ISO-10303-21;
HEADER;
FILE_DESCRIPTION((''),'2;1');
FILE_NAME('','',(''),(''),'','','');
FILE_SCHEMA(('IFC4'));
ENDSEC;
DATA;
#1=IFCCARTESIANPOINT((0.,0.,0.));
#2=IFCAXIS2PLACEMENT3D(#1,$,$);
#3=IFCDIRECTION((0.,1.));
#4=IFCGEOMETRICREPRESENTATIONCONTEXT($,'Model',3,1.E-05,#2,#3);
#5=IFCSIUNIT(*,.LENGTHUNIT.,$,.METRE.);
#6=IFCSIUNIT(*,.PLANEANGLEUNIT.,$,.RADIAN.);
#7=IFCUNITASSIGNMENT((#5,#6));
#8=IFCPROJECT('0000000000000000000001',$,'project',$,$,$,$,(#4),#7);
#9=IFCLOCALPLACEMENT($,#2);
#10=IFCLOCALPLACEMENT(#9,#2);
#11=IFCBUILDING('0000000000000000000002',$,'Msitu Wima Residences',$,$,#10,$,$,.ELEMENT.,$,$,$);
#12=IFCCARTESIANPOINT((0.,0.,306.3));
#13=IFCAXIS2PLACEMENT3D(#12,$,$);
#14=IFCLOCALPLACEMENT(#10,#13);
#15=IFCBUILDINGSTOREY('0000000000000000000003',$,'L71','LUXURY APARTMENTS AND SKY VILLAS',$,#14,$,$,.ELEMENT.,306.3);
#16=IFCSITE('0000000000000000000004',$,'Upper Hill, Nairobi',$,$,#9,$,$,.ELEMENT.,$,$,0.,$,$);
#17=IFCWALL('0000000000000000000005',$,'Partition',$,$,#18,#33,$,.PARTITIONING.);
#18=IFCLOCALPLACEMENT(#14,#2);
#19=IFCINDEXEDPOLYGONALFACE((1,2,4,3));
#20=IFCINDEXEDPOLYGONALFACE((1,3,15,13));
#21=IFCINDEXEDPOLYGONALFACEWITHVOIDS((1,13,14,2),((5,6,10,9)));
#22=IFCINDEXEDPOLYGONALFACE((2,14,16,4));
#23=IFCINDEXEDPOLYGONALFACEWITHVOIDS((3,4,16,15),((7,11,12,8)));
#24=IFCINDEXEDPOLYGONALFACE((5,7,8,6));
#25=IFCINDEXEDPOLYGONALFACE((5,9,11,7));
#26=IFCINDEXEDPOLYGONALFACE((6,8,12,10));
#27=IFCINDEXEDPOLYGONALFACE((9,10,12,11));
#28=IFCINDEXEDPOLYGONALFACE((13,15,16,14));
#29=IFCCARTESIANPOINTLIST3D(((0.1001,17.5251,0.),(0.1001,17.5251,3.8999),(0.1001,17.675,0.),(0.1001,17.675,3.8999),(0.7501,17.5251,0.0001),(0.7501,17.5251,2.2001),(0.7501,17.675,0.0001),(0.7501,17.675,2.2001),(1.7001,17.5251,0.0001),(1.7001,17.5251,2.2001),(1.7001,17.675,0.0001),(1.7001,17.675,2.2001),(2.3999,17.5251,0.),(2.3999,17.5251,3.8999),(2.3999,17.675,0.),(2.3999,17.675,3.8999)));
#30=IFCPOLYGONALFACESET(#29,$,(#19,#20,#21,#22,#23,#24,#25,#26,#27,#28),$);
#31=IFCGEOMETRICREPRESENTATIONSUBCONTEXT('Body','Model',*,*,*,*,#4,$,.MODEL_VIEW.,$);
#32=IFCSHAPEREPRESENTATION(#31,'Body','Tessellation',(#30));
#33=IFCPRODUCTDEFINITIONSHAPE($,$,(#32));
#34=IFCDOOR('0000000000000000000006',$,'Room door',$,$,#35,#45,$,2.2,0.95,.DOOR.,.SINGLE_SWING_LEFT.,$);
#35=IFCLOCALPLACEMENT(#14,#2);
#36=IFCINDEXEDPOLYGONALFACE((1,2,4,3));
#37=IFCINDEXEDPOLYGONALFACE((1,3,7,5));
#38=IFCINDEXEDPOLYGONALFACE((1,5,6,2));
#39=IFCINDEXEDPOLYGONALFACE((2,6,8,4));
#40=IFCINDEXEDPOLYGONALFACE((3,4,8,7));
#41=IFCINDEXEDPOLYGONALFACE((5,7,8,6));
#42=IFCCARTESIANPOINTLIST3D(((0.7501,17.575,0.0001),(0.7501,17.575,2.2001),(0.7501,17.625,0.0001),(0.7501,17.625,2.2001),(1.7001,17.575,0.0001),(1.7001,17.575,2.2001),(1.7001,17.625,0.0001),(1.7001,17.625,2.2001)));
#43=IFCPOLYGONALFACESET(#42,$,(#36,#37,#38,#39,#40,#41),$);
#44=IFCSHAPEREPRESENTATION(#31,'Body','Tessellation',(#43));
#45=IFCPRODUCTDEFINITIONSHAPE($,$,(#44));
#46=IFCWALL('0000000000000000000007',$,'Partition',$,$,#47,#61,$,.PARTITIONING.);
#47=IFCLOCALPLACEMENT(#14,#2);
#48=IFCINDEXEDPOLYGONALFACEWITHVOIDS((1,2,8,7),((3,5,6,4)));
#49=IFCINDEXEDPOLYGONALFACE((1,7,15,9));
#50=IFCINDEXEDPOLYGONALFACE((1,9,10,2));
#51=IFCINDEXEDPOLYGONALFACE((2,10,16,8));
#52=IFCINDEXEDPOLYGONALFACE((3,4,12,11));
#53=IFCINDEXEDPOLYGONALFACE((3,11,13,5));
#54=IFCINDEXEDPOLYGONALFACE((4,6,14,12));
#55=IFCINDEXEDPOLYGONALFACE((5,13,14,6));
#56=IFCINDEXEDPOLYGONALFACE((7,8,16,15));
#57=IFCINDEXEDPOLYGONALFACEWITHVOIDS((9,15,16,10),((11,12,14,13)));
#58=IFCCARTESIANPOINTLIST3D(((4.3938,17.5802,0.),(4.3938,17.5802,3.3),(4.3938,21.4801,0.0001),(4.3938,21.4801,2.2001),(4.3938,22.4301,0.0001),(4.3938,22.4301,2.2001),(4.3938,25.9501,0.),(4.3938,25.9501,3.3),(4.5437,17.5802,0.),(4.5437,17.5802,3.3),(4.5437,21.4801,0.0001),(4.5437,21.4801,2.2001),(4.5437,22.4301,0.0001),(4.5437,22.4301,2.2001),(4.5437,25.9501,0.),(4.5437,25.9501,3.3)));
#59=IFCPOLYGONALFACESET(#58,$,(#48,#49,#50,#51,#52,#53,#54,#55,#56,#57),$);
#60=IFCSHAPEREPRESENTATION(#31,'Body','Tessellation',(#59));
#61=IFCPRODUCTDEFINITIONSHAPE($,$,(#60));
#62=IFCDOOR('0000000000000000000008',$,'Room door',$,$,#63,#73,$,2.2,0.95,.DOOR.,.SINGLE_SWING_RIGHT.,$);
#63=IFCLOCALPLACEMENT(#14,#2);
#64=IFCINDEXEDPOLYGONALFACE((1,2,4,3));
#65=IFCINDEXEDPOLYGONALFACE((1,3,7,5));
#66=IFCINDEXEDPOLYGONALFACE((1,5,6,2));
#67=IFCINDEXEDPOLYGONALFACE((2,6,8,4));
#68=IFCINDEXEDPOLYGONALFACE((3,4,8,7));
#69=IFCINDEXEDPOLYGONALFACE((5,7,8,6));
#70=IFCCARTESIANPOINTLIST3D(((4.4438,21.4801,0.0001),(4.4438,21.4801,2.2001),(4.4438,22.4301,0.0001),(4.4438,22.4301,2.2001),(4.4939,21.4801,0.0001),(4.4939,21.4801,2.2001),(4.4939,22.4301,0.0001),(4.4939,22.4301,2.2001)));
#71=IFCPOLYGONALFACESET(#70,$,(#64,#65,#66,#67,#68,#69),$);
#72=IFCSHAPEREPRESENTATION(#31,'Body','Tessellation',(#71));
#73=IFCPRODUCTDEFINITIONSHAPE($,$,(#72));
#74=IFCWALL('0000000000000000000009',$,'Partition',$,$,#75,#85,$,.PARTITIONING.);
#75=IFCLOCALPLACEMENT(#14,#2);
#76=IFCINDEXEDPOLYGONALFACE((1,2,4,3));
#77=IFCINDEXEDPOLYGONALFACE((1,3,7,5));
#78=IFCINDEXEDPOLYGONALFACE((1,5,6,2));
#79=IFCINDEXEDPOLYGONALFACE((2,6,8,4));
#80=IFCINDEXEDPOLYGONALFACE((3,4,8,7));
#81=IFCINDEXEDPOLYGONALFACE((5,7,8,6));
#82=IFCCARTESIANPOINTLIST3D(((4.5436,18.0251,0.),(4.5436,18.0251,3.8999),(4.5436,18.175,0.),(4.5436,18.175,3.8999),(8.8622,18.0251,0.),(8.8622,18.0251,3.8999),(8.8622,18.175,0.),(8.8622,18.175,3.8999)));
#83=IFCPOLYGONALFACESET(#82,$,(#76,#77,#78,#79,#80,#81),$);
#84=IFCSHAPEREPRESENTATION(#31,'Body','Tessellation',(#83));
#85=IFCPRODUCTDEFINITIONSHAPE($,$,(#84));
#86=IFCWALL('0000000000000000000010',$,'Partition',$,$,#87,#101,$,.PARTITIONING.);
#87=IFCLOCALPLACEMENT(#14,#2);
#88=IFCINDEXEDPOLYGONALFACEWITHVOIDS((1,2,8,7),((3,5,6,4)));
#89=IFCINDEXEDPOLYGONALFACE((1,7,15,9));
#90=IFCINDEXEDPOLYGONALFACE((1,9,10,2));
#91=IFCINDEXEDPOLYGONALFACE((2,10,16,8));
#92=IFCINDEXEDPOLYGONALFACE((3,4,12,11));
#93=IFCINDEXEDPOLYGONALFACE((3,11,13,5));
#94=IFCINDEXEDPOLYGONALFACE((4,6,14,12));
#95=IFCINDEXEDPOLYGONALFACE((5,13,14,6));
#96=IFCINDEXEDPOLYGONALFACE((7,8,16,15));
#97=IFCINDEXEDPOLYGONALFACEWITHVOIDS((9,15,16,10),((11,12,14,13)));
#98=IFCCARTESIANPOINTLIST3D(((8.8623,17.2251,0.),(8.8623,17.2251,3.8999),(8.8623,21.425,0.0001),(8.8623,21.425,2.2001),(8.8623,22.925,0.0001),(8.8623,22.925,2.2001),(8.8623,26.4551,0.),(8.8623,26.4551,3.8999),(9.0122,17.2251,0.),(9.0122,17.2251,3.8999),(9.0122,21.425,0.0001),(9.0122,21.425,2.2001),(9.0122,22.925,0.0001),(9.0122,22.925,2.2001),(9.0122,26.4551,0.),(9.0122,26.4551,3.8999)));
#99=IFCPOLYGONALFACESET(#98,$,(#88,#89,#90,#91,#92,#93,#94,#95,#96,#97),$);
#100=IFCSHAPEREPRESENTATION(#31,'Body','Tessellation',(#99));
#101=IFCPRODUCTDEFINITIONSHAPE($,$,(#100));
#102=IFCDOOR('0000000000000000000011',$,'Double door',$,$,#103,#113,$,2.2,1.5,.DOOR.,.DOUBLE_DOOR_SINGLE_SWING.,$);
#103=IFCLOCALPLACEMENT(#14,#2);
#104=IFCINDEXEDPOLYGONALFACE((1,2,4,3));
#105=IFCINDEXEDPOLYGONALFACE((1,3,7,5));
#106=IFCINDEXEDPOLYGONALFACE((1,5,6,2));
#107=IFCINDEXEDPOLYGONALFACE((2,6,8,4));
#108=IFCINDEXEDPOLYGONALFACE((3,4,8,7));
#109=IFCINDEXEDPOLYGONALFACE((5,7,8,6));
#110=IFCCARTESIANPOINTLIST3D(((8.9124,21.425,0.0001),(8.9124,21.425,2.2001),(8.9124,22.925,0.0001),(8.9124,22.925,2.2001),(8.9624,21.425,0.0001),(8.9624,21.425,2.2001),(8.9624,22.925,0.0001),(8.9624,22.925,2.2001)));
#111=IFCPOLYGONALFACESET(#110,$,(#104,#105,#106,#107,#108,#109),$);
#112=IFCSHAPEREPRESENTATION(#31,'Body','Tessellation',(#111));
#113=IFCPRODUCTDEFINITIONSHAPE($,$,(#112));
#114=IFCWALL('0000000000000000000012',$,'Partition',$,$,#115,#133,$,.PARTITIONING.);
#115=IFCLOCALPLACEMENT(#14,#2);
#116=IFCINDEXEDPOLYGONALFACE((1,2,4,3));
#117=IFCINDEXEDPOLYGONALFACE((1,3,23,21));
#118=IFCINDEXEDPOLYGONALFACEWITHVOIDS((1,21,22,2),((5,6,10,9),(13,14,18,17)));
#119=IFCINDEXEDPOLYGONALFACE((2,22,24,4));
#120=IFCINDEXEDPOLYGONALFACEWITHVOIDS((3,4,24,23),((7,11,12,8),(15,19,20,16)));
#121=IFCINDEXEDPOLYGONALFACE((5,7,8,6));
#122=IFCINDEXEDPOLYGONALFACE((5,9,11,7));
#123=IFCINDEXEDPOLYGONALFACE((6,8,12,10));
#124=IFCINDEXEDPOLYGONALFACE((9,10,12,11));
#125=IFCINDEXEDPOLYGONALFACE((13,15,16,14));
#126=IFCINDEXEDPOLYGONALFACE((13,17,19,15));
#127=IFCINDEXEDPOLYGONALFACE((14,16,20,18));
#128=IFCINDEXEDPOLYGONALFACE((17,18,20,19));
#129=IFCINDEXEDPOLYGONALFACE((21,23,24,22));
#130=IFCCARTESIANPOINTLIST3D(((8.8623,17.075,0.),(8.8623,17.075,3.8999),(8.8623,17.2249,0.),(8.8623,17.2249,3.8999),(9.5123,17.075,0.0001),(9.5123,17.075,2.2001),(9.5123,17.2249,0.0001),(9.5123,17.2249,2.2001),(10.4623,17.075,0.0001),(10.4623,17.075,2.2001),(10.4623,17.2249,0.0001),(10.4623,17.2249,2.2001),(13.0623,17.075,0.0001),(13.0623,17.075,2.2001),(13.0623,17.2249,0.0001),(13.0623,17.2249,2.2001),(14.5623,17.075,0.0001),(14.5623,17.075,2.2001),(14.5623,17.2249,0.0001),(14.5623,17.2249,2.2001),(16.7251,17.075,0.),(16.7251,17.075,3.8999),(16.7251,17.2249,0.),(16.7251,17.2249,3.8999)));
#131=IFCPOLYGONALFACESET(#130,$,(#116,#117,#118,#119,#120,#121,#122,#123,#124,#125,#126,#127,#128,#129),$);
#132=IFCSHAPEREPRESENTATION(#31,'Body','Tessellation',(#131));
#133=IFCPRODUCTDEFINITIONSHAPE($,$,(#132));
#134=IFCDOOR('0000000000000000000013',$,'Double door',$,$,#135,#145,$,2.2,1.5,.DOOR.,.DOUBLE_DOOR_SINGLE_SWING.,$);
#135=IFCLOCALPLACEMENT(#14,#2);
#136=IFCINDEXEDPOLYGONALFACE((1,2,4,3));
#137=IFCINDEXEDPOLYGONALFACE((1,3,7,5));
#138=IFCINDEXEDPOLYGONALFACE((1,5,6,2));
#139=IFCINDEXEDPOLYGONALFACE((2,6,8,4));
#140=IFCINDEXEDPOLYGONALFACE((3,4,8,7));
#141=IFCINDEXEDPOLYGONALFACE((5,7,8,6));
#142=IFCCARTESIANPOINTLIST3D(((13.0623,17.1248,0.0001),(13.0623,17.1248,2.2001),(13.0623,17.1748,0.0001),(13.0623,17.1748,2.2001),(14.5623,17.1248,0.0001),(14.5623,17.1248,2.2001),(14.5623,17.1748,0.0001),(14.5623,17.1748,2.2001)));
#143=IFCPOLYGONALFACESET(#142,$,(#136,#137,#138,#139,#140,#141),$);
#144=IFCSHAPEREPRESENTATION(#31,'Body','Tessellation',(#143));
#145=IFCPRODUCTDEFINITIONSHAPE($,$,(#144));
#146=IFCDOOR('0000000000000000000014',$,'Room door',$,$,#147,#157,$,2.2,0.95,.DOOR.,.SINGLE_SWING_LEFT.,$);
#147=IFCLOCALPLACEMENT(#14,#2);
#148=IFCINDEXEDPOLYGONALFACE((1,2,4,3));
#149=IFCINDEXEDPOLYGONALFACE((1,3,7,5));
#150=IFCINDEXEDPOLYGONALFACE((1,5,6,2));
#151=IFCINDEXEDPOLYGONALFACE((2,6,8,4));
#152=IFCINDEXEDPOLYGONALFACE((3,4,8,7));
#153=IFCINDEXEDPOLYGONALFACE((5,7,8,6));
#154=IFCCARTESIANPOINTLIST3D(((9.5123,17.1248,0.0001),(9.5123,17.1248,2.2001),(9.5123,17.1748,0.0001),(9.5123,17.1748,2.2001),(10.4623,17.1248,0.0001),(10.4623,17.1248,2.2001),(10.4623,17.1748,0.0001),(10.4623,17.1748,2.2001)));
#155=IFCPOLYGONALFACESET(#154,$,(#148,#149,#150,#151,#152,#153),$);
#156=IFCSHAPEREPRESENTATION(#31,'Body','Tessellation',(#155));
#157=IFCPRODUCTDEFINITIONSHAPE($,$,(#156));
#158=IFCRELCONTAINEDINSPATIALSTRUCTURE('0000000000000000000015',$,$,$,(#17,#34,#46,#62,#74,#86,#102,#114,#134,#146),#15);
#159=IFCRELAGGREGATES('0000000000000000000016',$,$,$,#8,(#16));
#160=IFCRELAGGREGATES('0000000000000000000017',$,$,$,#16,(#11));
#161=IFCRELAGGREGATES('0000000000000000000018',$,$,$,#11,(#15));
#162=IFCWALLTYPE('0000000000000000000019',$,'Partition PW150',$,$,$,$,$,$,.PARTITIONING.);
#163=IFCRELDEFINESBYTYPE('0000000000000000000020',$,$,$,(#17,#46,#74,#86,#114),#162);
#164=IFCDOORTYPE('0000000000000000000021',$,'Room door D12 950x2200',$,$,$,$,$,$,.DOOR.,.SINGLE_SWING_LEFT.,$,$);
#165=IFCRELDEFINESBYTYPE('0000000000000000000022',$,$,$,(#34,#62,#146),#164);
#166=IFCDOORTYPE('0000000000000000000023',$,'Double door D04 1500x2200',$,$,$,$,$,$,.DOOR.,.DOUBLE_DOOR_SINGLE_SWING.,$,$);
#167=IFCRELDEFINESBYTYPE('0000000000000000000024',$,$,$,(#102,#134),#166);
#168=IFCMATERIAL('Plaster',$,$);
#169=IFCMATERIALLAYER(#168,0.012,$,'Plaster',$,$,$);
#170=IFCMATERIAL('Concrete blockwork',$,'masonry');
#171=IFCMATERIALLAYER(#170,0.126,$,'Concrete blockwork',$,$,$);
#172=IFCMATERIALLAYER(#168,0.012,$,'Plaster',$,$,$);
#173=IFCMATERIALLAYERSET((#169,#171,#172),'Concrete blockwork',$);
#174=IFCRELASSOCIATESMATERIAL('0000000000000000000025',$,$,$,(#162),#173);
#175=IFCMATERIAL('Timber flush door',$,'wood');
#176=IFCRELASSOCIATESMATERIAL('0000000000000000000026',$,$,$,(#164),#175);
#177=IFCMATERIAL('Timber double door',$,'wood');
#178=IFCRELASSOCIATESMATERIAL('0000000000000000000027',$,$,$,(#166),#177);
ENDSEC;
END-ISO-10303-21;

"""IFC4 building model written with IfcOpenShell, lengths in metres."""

from ifc_helpers import new_model, si_unit, direction, frame, frame_2d, origin, place, context, subcontext, project, spatial, rectangle, extrude, material, layer, layer_set, type_object, element, fill, save


model = new_model("IFC4")

# Units and contexts
model_context = context("Model", 3, precision=1e-05, world=origin(), true_north=direction((0.0, 1.0)))
body_context = subcontext(model_context, "Body", "Model", "MODEL_VIEW")
ifc_project = project(units=[si_unit("LENGTHUNIT", "METRE"), si_unit("PLANEANGLEUNIT", "RADIAN")], contexts=[model_context])

# Site, building, storey
site_placement = place(None, origin())
site = spatial("IfcSite", under=ifc_project, at=site_placement, Name="Upper Hill, Nairobi", CompositionType="ELEMENT", RefElevation=0.0)
building_placement = place(site_placement, origin())
building = spatial("IfcBuilding", under=site, at=building_placement, Name="Msitu Wima Residences", CompositionType="ELEMENT")
storey_placement = place(building_placement, frame((0.0, 0.0, 306.3)))
storey = spatial("IfcBuildingStorey", under=building, at=storey_placement, Name="L71", Description="LUXURY APARTMENTS AND SKY VILLAS", CompositionType="ELEMENT", Elevation=306.3)

# Walls, openings, doors
ifc_material_1 = material(Name="Plaster")
ifc_layer_1 = layer(ifc_material_1, 0.012, Name="Plaster")
ifc_material_2 = material(Name="Concrete blockwork", Category="masonry")
ifc_layer_2 = layer(ifc_material_2, 0.126, Name="Concrete blockwork")
ifc_layer_3 = layer(ifc_material_1, 0.012, Name="Plaster")
ifc_layer_set_1 = layer_set([ifc_layer_1, ifc_layer_2, ifc_layer_3], Name="Concrete blockwork")
wall_type_1 = type_object("IfcWallType", Name="Partition PW150", PredefinedType="PARTITIONING", material=ifc_layer_set_1)
wall_1_placement = place(storey_placement, frame((0.1001, 17.6001, 0.0), z_axis=(0.0, 0.0, 1.0), x_axis=(1.0, 0.0, 0.0)))
wall_1 = element("IfcWall", 1, at=wall_1_placement, inside=storey, type_object=wall_type_1, Name="Partition", PredefinedType="PARTITIONING", context=body_context, shape_type="SweptSolid", body=[
    extrude(rectangle(XDim=2.2998, YDim=0.1499, at=frame_2d((1.1499, 0.0))), origin(), (0.0, 0.0, 1.0), 3.8999),
])
opening_1_placement = place(wall_1_placement, frame((0.6499, 0.0, 0.0)))
opening_1 = element("IfcOpeningElement", 2, at=opening_1_placement, cuts=wall_1, PredefinedType="OPENING", context=body_context, shape_type="SweptSolid", body=[
    extrude(rectangle(XDim=0.95, YDim=2.2, at=frame_2d((0.4751, 1.1001))), frame((0.0, 0.085, 0.0), z_axis=(0.0, -1.0, 0.0), x_axis=(1.0, 0.0, 0.0)), (0.0, 0.0, 1.0), 0.1699),
])
ifc_material_3 = material(Name="Timber flush door", Category="wood")
door_type_1 = type_object("IfcDoorType", Name="Room door D12 950x2200", OperationType="SINGLE_SWING_LEFT", PredefinedType="DOOR", material=ifc_material_3)
door_1_placement = place(opening_1_placement, origin())
door_1 = element("IfcDoor", 3, at=door_1_placement, inside=storey, type_object=door_type_1, Name="Room door", OperationType="SINGLE_SWING_LEFT", OverallHeight=2.2, OverallWidth=0.95, PredefinedType="DOOR", context=body_context, shape_type="SweptSolid", body=[
    extrude(rectangle(XDim=0.95, YDim=2.2, at=frame_2d((0.4751, 1.1001))), frame((0.0, 0.0249, 0.0), z_axis=(0.0, -1.0, 0.0), x_axis=(1.0, 0.0, 0.0)), (0.0, 0.0, 1.0), 0.05),
])
fill(opening_1, door_1)
wall_2_placement = place(storey_placement, frame((4.4688, 17.5801, 0.0), z_axis=(0.0, 0.0, 1.0), x_axis=(0.0, 1.0, 0.0)))
wall_2 = element("IfcWall", 4, at=wall_2_placement, inside=storey, type_object=wall_type_1, Name="Partition", PredefinedType="PARTITIONING", context=body_context, shape_type="SweptSolid", body=[
    extrude(rectangle(XDim=8.3699, YDim=0.1499, at=frame_2d((4.1851, 0.0))), origin(), (0.0, 0.0, 1.0), 3.3),
])
opening_2_placement = place(wall_2_placement, frame((3.8999, 0.0, 0.0)))
opening_2 = element("IfcOpeningElement", 5, at=opening_2_placement, cuts=wall_2, PredefinedType="OPENING", context=body_context, shape_type="SweptSolid", body=[
    extrude(rectangle(XDim=0.95, YDim=2.2, at=frame_2d((0.4751, 1.1001))), frame((0.0, 0.085, 0.0), z_axis=(0.0, -1.0, 0.0), x_axis=(1.0, 0.0, 0.0)), (0.0, 0.0, 1.0), 0.1699),
])
door_2_placement = place(opening_2_placement, origin())
door_2 = element("IfcDoor", 6, at=door_2_placement, inside=storey, type_object=door_type_1, Name="Room door", OperationType="SINGLE_SWING_RIGHT", OverallHeight=2.2, OverallWidth=0.95, PredefinedType="DOOR", context=body_context, shape_type="SweptSolid", body=[
    extrude(rectangle(XDim=0.95, YDim=2.2, at=frame_2d((0.4751, 1.1001))), frame((0.0, 0.0249, 0.0), z_axis=(0.0, -1.0, 0.0), x_axis=(1.0, 0.0, 0.0)), (0.0, 0.0, 1.0), 0.05),
])
fill(opening_2, door_2)

# Wall
wall_3_placement = place(storey_placement, frame((4.5437, 18.1001, 0.0), z_axis=(0.0, 0.0, 1.0), x_axis=(1.0, 0.0, 0.0)))
element("IfcWall", 7, at=wall_3_placement, inside=storey, type_object=wall_type_1, Name="Partition", PredefinedType="PARTITIONING", context=body_context, shape_type="SweptSolid", body=[
    extrude(rectangle(XDim=4.3186, YDim=0.1499, at=frame_2d((2.1592, 0.0))), origin(), (0.0, 0.0, 1.0), 3.8999),
])

# Wall, opening, door
wall_4_placement = place(storey_placement, frame((8.9373, 17.2251, 0.0), z_axis=(0.0, 0.0, 1.0), x_axis=(0.0, 1.0, 0.0)))
wall_4 = element("IfcWall", 8, at=wall_4_placement, inside=storey, type_object=wall_type_1, Name="Partition", PredefinedType="PARTITIONING", context=body_context, shape_type="SweptSolid", body=[
    extrude(rectangle(XDim=9.23, YDim=0.1499, at=frame_2d((4.615, 0.0))), origin(), (0.0, 0.0, 1.0), 3.8999),
])
opening_3_placement = place(wall_4_placement, frame((4.2, 0.0, 0.0)))
opening_3 = element("IfcOpeningElement", 9, at=opening_3_placement, cuts=wall_4, PredefinedType="OPENING", context=body_context, shape_type="SweptSolid", body=[
    extrude(rectangle(XDim=1.5, YDim=2.2, at=frame_2d((0.75, 1.1001))), frame((0.0, 0.085, 0.0), z_axis=(0.0, -1.0, 0.0), x_axis=(1.0, 0.0, 0.0)), (0.0, 0.0, 1.0), 0.1699),
])
ifc_material_4 = material(Name="Timber double door", Category="wood")
door_type_2 = type_object("IfcDoorType", Name="Double door D04 1500x2200", OperationType="DOUBLE_DOOR_SINGLE_SWING", PredefinedType="DOOR", material=ifc_material_4)
door_3_placement = place(opening_3_placement, origin())
door_3 = element("IfcDoor", 10, at=door_3_placement, inside=storey, type_object=door_type_2, Name="Double door", OperationType="DOUBLE_DOOR_SINGLE_SWING", OverallHeight=2.2, OverallWidth=1.5, PredefinedType="DOOR", context=body_context, shape_type="SweptSolid", body=[
    extrude(rectangle(XDim=1.5, YDim=2.2, at=frame_2d((0.75, 1.1001))), frame((0.0, 0.0249, 0.0), z_axis=(0.0, -1.0, 0.0), x_axis=(1.0, 0.0, 0.0)), (0.0, 0.0, 1.0), 0.05),
])
fill(opening_3, door_3)

# Wall, openings, doors
wall_5_placement = place(storey_placement, frame((8.8623, 17.1499, 0.0), z_axis=(0.0, 0.0, 1.0), x_axis=(1.0, 0.0, 0.0)))
wall_5 = element("IfcWall", 11, at=wall_5_placement, inside=storey, type_object=wall_type_1, Name="Partition", PredefinedType="PARTITIONING", context=body_context, shape_type="SweptSolid", body=[
    extrude(rectangle(XDim=7.8628, YDim=0.1499, at=frame_2d((3.9314, 0.0))), origin(), (0.0, 0.0, 1.0), 3.8999),
])
opening_4_placement = place(wall_5_placement, frame((4.2, 0.0, 0.0)))
opening_4 = element("IfcOpeningElement", 12, at=opening_4_placement, cuts=wall_5, PredefinedType="OPENING", context=body_context, shape_type="SweptSolid", body=[
    extrude(rectangle(XDim=1.5, YDim=2.2, at=frame_2d((0.75, 1.1001))), frame((0.0, 0.085, 0.0), z_axis=(0.0, -1.0, 0.0), x_axis=(1.0, 0.0, 0.0)), (0.0, 0.0, 1.0), 0.1699),
])
opening_5_placement = place(wall_5_placement, frame((0.6499, 0.0, 0.0)))
opening_5 = element("IfcOpeningElement", 13, at=opening_5_placement, cuts=wall_5, PredefinedType="OPENING", context=body_context, shape_type="SweptSolid", body=[
    extrude(rectangle(XDim=0.95, YDim=2.2, at=frame_2d((0.4751, 1.1001))), frame((0.0, 0.085, 0.0), z_axis=(0.0, -1.0, 0.0), x_axis=(1.0, 0.0, 0.0)), (0.0, 0.0, 1.0), 0.1699),
])
door_4_placement = place(opening_4_placement, origin())
door_4 = element("IfcDoor", 14, at=door_4_placement, inside=storey, type_object=door_type_2, Name="Double door", OperationType="DOUBLE_DOOR_SINGLE_SWING", OverallHeight=2.2, OverallWidth=1.5, PredefinedType="DOOR", context=body_context, shape_type="SweptSolid", body=[
    extrude(rectangle(XDim=1.5, YDim=2.2, at=frame_2d((0.75, 1.1001))), frame((0.0, 0.0249, 0.0), z_axis=(0.0, -1.0, 0.0), x_axis=(1.0, 0.0, 0.0)), (0.0, 0.0, 1.0), 0.05),
])
fill(opening_4, door_4)
door_5_placement = place(opening_5_placement, origin())
door_5 = element("IfcDoor", 15, at=door_5_placement, inside=storey, type_object=door_type_1, Name="Room door", OperationType="SINGLE_SWING_LEFT", OverallHeight=2.2, OverallWidth=0.95, PredefinedType="DOOR", context=body_context, shape_type="SweptSolid", body=[
    extrude(rectangle(XDim=0.95, YDim=2.2, at=frame_2d((0.4751, 1.1001))), frame((0.0, 0.0249, 0.0), z_axis=(0.0, -1.0, 0.0), x_axis=(1.0, 0.0, 0.0)), (0.0, 0.0, 1.0), 0.05),
])
fill(opening_5, door_5)

save(model, "model.ifc")
